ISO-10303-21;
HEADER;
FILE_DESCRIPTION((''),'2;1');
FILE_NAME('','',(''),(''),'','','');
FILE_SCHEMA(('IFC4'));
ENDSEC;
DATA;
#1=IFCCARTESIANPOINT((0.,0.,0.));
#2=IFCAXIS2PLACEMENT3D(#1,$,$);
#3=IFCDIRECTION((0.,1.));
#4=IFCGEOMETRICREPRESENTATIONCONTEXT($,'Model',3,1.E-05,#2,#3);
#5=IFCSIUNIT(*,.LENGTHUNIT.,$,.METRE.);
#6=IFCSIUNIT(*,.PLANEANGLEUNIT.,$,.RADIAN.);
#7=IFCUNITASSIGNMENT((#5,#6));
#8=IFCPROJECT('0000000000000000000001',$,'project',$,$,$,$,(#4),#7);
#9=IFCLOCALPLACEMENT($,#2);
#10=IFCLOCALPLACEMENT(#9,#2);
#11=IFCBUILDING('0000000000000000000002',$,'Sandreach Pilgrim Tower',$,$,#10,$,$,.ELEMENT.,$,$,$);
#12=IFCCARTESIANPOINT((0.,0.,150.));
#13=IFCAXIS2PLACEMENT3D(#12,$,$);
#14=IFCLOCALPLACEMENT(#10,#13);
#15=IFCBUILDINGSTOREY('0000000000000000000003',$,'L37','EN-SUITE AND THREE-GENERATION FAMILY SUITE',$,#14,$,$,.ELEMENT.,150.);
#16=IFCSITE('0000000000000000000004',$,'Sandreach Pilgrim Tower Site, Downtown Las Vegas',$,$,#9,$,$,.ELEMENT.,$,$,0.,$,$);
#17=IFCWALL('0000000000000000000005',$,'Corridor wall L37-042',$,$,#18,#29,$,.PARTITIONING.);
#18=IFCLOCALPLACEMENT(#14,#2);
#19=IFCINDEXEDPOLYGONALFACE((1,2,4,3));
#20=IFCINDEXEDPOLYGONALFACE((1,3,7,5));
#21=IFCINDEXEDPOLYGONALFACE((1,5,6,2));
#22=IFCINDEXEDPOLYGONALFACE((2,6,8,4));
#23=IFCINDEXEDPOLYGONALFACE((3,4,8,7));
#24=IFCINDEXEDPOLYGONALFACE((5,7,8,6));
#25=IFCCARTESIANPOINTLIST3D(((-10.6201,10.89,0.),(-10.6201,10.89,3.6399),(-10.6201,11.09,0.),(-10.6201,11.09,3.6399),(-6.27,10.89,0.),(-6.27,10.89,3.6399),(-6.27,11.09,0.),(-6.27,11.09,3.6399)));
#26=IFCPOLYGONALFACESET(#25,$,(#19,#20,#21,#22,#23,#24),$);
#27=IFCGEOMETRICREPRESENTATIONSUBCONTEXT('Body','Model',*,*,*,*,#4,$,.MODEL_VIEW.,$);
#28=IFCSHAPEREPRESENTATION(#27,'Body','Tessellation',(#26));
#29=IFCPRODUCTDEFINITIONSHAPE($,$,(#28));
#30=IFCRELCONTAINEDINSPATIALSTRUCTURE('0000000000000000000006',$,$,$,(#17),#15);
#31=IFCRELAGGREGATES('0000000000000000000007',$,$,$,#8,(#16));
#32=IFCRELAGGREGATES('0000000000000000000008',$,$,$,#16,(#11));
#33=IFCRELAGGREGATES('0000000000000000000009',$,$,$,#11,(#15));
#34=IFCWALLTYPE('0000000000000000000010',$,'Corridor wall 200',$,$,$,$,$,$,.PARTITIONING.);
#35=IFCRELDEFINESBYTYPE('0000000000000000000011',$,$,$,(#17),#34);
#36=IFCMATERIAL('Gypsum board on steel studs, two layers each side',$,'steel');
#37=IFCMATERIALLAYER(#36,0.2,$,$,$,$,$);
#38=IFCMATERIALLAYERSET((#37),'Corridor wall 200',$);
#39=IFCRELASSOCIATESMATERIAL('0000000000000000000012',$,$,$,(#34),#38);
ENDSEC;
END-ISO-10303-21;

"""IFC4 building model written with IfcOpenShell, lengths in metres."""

from ifc_helpers import new_model, si_unit, direction, frame, frame_2d, origin, place, context, subcontext, project, spatial, rectangle, extrude, material, layer, layer_set, type_object, element, save


model = new_model("IFC4")

# Units and contexts
model_context = context("Model", 3, precision=1e-05, world=origin(), true_north=direction((0.0, 1.0)))
body_context = subcontext(model_context, "Body", "Model", "MODEL_VIEW")
ifc_project = project(units=[si_unit("LENGTHUNIT", "METRE"), si_unit("PLANEANGLEUNIT", "RADIAN")], contexts=[model_context])

# Site, building, storey
site_placement = place(None, origin())
site = spatial("IfcSite", under=ifc_project, at=site_placement, Name="Sandreach Pilgrim Tower Site, Downtown Las Vegas", CompositionType="ELEMENT", RefElevation=0.0)
building_placement = place(site_placement, origin())
building = spatial("IfcBuilding", under=site, at=building_placement, Name="Sandreach Pilgrim Tower", CompositionType="ELEMENT")
storey_placement = place(building_placement, frame((0.0, 0.0, 150.0)))
storey = spatial("IfcBuildingStorey", under=building, at=storey_placement, Name="L37", Description="EN-SUITE AND THREE-GENERATION FAMILY SUITE", CompositionType="ELEMENT", Elevation=150.0)

# Shared definitions
ifc_material_1 = material(Name="Gypsum board on steel studs, two layers each side", Category="steel")
ifc_layer_1 = layer(ifc_material_1, 0.2)
ifc_layer_set_1 = layer_set([ifc_layer_1], Name="Corridor wall 200")
wall_type_1 = type_object("IfcWallType", Name="Corridor wall 200", PredefinedType="PARTITIONING", material=ifc_layer_set_1)

# Wall
wall_1_placement = place(storey_placement, frame((-10.6201, 10.99, 0.0), z_axis=(0.0, 0.0, 1.0), x_axis=(1.0, 0.0, 0.0)))
element("IfcWall", 1, at=wall_1_placement, inside=storey, type_object=wall_type_1, Name="Corridor wall L37-042", PredefinedType="PARTITIONING", context=body_context, shape_type="SweptSolid", body=[
    extrude(rectangle(XDim=4.3501, YDim=0.2, at=frame_2d((2.175, 0.0))), origin(), (0.0, 0.0, 1.0), 3.6399),
])

save(model, "model.ifc")
